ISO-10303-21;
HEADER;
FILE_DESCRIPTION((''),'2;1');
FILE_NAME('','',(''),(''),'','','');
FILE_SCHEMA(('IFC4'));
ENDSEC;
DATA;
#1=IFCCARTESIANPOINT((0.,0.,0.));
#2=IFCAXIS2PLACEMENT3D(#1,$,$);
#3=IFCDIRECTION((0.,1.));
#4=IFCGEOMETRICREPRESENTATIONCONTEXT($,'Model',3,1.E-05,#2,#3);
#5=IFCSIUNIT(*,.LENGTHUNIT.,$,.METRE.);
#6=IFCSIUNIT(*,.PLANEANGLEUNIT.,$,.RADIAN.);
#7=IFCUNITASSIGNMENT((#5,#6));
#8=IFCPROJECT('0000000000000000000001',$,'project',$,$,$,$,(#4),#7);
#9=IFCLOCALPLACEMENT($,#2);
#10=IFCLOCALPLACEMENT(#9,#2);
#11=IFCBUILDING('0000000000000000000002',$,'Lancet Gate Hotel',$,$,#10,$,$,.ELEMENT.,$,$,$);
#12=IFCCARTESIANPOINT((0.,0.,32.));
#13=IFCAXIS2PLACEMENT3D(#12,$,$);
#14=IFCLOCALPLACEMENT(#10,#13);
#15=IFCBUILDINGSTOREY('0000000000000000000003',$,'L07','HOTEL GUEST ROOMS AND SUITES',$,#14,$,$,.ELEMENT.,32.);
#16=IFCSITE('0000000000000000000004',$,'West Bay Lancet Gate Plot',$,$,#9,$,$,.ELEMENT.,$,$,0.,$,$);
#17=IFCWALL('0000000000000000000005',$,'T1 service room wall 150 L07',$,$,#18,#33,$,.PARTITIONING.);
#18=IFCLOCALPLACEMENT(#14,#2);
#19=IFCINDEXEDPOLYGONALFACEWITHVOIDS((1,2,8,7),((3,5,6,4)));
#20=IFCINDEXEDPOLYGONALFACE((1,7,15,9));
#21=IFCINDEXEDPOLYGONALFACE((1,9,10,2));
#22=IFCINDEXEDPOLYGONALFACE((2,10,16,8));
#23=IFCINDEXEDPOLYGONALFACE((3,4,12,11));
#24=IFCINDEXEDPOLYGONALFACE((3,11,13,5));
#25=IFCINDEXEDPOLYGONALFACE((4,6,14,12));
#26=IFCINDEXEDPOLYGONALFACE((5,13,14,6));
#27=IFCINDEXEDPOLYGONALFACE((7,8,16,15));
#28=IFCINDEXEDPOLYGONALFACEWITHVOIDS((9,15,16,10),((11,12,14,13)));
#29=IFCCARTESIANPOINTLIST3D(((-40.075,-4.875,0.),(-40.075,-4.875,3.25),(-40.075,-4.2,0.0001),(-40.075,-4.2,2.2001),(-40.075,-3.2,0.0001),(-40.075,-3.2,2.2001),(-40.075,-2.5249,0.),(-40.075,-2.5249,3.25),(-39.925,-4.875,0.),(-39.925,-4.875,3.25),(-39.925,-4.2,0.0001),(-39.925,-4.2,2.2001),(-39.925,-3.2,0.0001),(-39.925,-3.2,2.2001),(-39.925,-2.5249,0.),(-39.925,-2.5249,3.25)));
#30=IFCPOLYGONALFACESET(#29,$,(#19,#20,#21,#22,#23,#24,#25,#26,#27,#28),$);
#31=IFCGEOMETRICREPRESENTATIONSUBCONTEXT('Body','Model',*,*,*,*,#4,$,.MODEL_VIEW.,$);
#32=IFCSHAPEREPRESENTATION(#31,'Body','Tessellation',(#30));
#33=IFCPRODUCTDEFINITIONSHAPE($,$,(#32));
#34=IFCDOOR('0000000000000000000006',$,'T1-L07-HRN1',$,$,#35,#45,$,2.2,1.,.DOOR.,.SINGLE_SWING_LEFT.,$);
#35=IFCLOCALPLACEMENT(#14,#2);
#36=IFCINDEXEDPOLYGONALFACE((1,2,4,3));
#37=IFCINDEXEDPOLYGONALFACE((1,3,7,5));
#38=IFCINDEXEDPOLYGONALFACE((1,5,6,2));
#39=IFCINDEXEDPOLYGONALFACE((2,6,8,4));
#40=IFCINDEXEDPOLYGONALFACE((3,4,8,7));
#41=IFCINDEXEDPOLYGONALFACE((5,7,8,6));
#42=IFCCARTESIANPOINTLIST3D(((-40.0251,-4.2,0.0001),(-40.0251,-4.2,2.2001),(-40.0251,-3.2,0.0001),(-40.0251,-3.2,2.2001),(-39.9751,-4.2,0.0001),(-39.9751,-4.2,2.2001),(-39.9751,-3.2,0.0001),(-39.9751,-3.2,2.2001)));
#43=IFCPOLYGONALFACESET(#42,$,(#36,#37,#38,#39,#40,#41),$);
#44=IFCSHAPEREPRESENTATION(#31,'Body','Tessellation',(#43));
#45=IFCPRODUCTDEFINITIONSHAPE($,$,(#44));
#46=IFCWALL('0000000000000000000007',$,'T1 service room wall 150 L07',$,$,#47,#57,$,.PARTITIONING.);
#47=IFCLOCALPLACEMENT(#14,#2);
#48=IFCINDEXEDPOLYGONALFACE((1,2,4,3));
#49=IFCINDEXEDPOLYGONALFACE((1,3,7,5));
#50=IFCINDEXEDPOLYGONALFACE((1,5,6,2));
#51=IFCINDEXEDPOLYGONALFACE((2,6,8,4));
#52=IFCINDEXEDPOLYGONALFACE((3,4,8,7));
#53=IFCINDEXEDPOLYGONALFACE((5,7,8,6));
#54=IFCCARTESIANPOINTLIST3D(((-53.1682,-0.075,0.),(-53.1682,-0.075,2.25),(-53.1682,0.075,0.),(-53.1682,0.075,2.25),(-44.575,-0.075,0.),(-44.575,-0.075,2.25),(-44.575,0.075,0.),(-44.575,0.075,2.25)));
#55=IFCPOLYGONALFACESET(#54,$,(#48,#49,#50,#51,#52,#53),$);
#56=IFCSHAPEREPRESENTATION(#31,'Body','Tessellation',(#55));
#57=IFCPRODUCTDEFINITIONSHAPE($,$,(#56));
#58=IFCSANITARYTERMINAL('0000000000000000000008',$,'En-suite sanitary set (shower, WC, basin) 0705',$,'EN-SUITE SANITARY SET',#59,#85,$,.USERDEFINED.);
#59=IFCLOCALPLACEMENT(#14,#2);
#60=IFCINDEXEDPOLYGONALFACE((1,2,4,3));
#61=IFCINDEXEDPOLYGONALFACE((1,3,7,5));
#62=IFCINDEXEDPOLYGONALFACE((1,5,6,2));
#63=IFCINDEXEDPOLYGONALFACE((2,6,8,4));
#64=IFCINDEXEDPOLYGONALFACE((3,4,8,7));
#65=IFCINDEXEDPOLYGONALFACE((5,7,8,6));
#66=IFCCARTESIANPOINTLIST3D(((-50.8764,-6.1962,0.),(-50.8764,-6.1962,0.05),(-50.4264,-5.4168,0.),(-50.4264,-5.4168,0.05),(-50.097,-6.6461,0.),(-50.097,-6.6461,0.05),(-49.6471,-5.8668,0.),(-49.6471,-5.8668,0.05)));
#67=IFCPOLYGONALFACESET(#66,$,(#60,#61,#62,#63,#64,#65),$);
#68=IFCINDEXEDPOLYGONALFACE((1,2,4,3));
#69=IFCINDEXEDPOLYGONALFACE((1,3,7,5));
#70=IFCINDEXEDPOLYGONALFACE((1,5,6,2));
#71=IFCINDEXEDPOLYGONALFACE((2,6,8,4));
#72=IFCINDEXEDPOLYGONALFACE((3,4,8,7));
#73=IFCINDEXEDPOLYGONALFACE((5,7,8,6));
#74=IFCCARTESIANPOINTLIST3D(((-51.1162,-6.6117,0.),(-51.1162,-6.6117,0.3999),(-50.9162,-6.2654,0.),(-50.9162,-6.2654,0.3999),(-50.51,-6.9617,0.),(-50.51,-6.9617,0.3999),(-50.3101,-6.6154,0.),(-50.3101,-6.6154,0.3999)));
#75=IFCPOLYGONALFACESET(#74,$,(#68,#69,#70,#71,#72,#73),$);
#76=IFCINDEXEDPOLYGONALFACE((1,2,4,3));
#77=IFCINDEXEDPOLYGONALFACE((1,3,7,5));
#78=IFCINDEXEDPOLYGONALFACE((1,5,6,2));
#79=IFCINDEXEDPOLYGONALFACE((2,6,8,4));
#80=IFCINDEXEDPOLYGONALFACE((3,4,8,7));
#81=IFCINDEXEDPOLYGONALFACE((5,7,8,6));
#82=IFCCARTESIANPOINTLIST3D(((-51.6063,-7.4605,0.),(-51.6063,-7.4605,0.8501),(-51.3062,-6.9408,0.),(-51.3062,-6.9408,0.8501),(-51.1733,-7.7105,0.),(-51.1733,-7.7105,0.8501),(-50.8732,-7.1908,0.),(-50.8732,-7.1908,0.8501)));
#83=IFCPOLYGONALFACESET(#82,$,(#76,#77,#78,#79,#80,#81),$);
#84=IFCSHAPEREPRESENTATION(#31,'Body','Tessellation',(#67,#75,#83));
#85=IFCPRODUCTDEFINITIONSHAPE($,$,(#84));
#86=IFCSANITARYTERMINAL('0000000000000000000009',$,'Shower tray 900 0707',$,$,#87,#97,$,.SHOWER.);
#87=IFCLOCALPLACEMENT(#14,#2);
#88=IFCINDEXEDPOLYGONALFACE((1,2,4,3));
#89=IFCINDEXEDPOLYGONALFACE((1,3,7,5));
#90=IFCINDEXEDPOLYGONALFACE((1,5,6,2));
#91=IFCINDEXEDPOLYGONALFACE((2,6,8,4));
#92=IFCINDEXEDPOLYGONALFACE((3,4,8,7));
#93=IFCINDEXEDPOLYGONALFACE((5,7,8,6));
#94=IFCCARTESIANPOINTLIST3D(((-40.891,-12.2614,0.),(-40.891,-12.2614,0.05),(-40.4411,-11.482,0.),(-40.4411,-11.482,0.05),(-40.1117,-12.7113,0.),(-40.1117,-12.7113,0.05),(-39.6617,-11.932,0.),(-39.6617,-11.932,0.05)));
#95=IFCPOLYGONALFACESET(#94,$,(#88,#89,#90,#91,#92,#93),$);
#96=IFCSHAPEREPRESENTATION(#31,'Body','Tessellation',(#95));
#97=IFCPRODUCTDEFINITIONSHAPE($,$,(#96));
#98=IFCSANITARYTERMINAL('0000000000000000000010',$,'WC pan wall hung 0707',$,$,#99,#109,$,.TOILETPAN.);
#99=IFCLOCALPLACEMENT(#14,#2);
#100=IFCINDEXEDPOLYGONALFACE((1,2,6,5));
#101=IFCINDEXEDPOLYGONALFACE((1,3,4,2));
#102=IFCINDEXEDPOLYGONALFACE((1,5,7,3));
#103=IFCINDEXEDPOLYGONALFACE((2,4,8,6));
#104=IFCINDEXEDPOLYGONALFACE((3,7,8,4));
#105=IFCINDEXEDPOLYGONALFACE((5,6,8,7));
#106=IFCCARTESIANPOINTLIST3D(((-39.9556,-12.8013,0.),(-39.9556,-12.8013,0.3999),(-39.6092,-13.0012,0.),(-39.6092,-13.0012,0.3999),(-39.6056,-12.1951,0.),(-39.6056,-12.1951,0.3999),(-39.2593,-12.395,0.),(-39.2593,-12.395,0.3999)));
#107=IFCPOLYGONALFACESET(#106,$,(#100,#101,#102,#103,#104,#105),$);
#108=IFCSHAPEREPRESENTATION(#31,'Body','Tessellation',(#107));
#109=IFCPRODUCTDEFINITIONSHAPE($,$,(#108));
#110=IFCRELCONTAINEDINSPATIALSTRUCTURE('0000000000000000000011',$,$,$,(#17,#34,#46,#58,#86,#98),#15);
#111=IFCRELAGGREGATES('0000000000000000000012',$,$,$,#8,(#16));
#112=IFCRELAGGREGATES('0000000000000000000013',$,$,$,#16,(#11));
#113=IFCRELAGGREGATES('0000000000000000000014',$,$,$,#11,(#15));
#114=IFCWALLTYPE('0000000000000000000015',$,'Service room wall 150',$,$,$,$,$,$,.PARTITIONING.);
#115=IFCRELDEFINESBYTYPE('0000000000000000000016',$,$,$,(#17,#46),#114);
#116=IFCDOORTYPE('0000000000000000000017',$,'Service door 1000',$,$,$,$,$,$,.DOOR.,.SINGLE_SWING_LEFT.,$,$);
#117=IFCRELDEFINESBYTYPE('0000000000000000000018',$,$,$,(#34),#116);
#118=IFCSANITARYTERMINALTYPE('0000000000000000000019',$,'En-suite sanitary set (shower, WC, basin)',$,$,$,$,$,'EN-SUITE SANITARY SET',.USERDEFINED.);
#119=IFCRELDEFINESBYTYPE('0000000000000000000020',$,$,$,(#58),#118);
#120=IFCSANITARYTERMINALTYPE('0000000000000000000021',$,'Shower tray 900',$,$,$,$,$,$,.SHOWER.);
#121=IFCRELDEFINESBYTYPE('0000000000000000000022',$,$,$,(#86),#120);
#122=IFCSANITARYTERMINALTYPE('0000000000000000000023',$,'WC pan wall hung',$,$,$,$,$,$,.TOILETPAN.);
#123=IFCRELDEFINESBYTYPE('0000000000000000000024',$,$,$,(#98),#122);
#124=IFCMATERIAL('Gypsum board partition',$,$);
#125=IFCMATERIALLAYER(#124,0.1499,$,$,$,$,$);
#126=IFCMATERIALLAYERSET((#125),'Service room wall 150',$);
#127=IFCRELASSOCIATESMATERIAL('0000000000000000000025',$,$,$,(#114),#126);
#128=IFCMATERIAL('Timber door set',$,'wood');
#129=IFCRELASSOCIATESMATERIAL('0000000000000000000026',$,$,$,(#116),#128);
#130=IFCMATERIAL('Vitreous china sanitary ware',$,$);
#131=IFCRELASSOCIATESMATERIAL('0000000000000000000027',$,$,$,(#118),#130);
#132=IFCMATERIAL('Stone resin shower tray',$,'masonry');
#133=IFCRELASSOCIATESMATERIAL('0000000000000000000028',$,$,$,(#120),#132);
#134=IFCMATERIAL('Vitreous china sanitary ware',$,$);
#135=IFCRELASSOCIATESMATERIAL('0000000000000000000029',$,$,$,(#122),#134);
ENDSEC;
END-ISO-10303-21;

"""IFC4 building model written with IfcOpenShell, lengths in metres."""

from ifc_helpers import new_model, si_unit, direction, frame, frame_2d, origin, origin_2d, place, context, subcontext, project, spatial, rectangle, extrude, material, layer, layer_set, type_object, element, fill, save


model = new_model("IFC4")

# Units and contexts
model_context = context("Model", 3, precision=1e-05, world=origin(), true_north=direction((0.0, 1.0)))
body_context = subcontext(model_context, "Body", "Model", "MODEL_VIEW")
ifc_project = project(units=[si_unit("LENGTHUNIT", "METRE"), si_unit("PLANEANGLEUNIT", "RADIAN")], contexts=[model_context])

# Site, building, storey
site_placement = place(None, origin())
site = spatial("IfcSite", under=ifc_project, at=site_placement, Name="West Bay Lancet Gate Plot", CompositionType="ELEMENT", RefElevation=0.0)
building_placement = place(site_placement, origin())
building = spatial("IfcBuilding", under=site, at=building_placement, Name="Lancet Gate Hotel", CompositionType="ELEMENT")
storey_placement = place(building_placement, frame((0.0, 0.0, 32.0)))
storey = spatial("IfcBuildingStorey", under=building, at=storey_placement, Name="L07", Description="HOTEL GUEST ROOMS AND SUITES", CompositionType="ELEMENT", Elevation=32.0)

# Wall, opening, door
ifc_material_1 = material(Name="Gypsum board partition")
ifc_layer_1 = layer(ifc_material_1, 0.1499)
ifc_layer_set_1 = layer_set([ifc_layer_1], Name="Service room wall 150")
wall_type_1 = type_object("IfcWallType", Name="Service room wall 150", PredefinedType="PARTITIONING", material=ifc_layer_set_1)
ifc_material_2 = material(Name="Timber door set", Category="wood")
door_type_1 = type_object("IfcDoorType", Name="Service door 1000", OperationType="SINGLE_SWING_LEFT", PredefinedType="DOOR", material=ifc_material_2)
wall_1_placement = place(storey_placement, frame((-40.0, -2.5249, 0.0), z_axis=(0.0, 0.0, 1.0), x_axis=(0.0, -1.0, 0.0)))
wall_1 = element("IfcWall", 1, at=wall_1_placement, inside=storey, type_object=wall_type_1, Name="T1 service room wall 150 L07", PredefinedType="PARTITIONING", context=body_context, shape_type="SweptSolid", body=[
    extrude(rectangle(XDim=2.3501, YDim=0.1499, at=frame_2d((1.175, 0.0))), origin(), (0.0, 0.0, 1.0), 3.25),
])
opening_1_placement = place(wall_1_placement, frame((0.675, 0.0, 0.0)))
opening_1 = element("IfcOpeningElement", 2, at=opening_1_placement, cuts=wall_1, PredefinedType="OPENING", context=body_context, shape_type="SweptSolid", body=[
    extrude(rectangle(XDim=1.0, YDim=2.2, at=frame_2d((0.5, 1.1001))), frame((0.0, 0.085, 0.0), z_axis=(0.0, -1.0, 0.0), x_axis=(1.0, 0.0, 0.0)), (0.0, 0.0, 1.0), 0.1699),
])
door_1_placement = place(opening_1_placement, origin())
door_1 = element("IfcDoor", 3, at=door_1_placement, inside=storey, type_object=door_type_1, Name="T1-L07-HRN1", OperationType="SINGLE_SWING_LEFT", OverallHeight=2.2, OverallWidth=1.0, PredefinedType="DOOR", context=body_context, shape_type="SweptSolid", body=[
    extrude(rectangle(XDim=1.0, YDim=2.2, at=frame_2d((0.5, 1.1001))), frame((0.0, 0.0249, 0.0), z_axis=(0.0, -1.0, 0.0), x_axis=(1.0, 0.0, 0.0)), (0.0, 0.0, 1.0), 0.05),
])
fill(opening_1, door_1)

# Wall
wall_2_placement = place(storey_placement, frame((-44.575, 0.0, 0.0), z_axis=(0.0, 0.0, 1.0), x_axis=(-1.0, 0.0, 0.0)))
element("IfcWall", 4, at=wall_2_placement, inside=storey, type_object=wall_type_1, Name="T1 service room wall 150 L07", PredefinedType="PARTITIONING", context=body_context, shape_type="SweptSolid", body=[
    extrude(rectangle(XDim=8.5933, YDim=0.1499, at=frame_2d((4.2966, 0.0))), origin(), (0.0, 0.0, 1.0), 2.25),
])

# Sanitary terminals
ifc_material_3 = material(Name="Vitreous china sanitary ware")
sanitary_terminal_type_1 = type_object("IfcSanitaryTerminalType", Name="En-suite sanitary set (shower, WC, basin)", ElementType="EN-SUITE SANITARY SET", PredefinedType="USERDEFINED", material=ifc_material_3)
sanitary_terminal_1_placement = place(storey_placement, frame((-50.2617, -6.0315, 0.0), z_axis=(0.0, 0.0, 1.0), x_axis=(1.0, 0.0, 0.0)))
element("IfcSanitaryTerminal", 5, at=sanitary_terminal_1_placement, inside=storey, type_object=sanitary_terminal_type_1, Name="En-suite sanitary set (shower, WC, basin) 0705", ObjectType="EN-SUITE SANITARY SET", PredefinedType="USERDEFINED", context=body_context, shape_type="SweptSolid", body=[
    extrude(rectangle(XDim=0.8999, YDim=0.8999, at=origin_2d()), frame((0.0, 0.0, 0.0), z_axis=(0.0, 0.0, 1.0), x_axis=(0.5, 0.866025, 0.0)), (0.0, 0.0, 1.0), 0.05),
    extrude(rectangle(XDim=0.3999, YDim=0.7, at=origin_2d()), frame((-0.4514, -0.582, 0.0), z_axis=(0.0, 0.0, 1.0), x_axis=(0.5, 0.866025, 0.0)), (0.0, 0.0, 1.0), 0.3999),
    extrude(rectangle(XDim=0.6001, YDim=0.5, at=origin_2d()), frame((-0.978, -1.2942, 0.0), z_axis=(0.0, 0.0, 1.0), x_axis=(0.5, 0.866025, 0.0)), (0.0, 0.0, 1.0), 0.8501),
])
ifc_material_4 = material(Name="Stone resin shower tray", Category="masonry")
sanitary_terminal_type_2 = type_object("IfcSanitaryTerminalType", Name="Shower tray 900", PredefinedType="SHOWER", material=ifc_material_4)
sanitary_terminal_2_placement = place(storey_placement, frame((-40.2764, -12.0967, 0.0), z_axis=(0.0, 0.0, 1.0), x_axis=(-0.866025, 0.5, 0.0)))
element("IfcSanitaryTerminal", 6, at=sanitary_terminal_2_placement, inside=storey, type_object=sanitary_terminal_type_2, Name="Shower tray 900 0707", PredefinedType="SHOWER", context=body_context, shape_type="SweptSolid", body=[
    extrude(rectangle(XDim=0.8999, YDim=0.8999, at=origin_2d()), origin(), (0.0, 0.0, 1.0), 0.05),
])
ifc_material_5 = material(Name="Vitreous china sanitary ware")
sanitary_terminal_type_3 = type_object("IfcSanitaryTerminalType", Name="WC pan wall hung", PredefinedType="TOILETPAN", material=ifc_material_5)
sanitary_terminal_3_placement = place(storey_placement, frame((-39.6074, -12.5981, 0.0), z_axis=(0.0, 0.0, 1.0), x_axis=(-0.866025, 0.5, 0.0)))
element("IfcSanitaryTerminal", 7, at=sanitary_terminal_3_placement, inside=storey, type_object=sanitary_terminal_type_3, Name="WC pan wall hung 0707", PredefinedType="TOILETPAN", context=body_context, shape_type="SweptSolid", body=[
    extrude(rectangle(XDim=0.3999, YDim=0.7, at=origin_2d()), origin(), (0.0, 0.0, 1.0), 0.3999),
])

save(model, "model.ifc")
